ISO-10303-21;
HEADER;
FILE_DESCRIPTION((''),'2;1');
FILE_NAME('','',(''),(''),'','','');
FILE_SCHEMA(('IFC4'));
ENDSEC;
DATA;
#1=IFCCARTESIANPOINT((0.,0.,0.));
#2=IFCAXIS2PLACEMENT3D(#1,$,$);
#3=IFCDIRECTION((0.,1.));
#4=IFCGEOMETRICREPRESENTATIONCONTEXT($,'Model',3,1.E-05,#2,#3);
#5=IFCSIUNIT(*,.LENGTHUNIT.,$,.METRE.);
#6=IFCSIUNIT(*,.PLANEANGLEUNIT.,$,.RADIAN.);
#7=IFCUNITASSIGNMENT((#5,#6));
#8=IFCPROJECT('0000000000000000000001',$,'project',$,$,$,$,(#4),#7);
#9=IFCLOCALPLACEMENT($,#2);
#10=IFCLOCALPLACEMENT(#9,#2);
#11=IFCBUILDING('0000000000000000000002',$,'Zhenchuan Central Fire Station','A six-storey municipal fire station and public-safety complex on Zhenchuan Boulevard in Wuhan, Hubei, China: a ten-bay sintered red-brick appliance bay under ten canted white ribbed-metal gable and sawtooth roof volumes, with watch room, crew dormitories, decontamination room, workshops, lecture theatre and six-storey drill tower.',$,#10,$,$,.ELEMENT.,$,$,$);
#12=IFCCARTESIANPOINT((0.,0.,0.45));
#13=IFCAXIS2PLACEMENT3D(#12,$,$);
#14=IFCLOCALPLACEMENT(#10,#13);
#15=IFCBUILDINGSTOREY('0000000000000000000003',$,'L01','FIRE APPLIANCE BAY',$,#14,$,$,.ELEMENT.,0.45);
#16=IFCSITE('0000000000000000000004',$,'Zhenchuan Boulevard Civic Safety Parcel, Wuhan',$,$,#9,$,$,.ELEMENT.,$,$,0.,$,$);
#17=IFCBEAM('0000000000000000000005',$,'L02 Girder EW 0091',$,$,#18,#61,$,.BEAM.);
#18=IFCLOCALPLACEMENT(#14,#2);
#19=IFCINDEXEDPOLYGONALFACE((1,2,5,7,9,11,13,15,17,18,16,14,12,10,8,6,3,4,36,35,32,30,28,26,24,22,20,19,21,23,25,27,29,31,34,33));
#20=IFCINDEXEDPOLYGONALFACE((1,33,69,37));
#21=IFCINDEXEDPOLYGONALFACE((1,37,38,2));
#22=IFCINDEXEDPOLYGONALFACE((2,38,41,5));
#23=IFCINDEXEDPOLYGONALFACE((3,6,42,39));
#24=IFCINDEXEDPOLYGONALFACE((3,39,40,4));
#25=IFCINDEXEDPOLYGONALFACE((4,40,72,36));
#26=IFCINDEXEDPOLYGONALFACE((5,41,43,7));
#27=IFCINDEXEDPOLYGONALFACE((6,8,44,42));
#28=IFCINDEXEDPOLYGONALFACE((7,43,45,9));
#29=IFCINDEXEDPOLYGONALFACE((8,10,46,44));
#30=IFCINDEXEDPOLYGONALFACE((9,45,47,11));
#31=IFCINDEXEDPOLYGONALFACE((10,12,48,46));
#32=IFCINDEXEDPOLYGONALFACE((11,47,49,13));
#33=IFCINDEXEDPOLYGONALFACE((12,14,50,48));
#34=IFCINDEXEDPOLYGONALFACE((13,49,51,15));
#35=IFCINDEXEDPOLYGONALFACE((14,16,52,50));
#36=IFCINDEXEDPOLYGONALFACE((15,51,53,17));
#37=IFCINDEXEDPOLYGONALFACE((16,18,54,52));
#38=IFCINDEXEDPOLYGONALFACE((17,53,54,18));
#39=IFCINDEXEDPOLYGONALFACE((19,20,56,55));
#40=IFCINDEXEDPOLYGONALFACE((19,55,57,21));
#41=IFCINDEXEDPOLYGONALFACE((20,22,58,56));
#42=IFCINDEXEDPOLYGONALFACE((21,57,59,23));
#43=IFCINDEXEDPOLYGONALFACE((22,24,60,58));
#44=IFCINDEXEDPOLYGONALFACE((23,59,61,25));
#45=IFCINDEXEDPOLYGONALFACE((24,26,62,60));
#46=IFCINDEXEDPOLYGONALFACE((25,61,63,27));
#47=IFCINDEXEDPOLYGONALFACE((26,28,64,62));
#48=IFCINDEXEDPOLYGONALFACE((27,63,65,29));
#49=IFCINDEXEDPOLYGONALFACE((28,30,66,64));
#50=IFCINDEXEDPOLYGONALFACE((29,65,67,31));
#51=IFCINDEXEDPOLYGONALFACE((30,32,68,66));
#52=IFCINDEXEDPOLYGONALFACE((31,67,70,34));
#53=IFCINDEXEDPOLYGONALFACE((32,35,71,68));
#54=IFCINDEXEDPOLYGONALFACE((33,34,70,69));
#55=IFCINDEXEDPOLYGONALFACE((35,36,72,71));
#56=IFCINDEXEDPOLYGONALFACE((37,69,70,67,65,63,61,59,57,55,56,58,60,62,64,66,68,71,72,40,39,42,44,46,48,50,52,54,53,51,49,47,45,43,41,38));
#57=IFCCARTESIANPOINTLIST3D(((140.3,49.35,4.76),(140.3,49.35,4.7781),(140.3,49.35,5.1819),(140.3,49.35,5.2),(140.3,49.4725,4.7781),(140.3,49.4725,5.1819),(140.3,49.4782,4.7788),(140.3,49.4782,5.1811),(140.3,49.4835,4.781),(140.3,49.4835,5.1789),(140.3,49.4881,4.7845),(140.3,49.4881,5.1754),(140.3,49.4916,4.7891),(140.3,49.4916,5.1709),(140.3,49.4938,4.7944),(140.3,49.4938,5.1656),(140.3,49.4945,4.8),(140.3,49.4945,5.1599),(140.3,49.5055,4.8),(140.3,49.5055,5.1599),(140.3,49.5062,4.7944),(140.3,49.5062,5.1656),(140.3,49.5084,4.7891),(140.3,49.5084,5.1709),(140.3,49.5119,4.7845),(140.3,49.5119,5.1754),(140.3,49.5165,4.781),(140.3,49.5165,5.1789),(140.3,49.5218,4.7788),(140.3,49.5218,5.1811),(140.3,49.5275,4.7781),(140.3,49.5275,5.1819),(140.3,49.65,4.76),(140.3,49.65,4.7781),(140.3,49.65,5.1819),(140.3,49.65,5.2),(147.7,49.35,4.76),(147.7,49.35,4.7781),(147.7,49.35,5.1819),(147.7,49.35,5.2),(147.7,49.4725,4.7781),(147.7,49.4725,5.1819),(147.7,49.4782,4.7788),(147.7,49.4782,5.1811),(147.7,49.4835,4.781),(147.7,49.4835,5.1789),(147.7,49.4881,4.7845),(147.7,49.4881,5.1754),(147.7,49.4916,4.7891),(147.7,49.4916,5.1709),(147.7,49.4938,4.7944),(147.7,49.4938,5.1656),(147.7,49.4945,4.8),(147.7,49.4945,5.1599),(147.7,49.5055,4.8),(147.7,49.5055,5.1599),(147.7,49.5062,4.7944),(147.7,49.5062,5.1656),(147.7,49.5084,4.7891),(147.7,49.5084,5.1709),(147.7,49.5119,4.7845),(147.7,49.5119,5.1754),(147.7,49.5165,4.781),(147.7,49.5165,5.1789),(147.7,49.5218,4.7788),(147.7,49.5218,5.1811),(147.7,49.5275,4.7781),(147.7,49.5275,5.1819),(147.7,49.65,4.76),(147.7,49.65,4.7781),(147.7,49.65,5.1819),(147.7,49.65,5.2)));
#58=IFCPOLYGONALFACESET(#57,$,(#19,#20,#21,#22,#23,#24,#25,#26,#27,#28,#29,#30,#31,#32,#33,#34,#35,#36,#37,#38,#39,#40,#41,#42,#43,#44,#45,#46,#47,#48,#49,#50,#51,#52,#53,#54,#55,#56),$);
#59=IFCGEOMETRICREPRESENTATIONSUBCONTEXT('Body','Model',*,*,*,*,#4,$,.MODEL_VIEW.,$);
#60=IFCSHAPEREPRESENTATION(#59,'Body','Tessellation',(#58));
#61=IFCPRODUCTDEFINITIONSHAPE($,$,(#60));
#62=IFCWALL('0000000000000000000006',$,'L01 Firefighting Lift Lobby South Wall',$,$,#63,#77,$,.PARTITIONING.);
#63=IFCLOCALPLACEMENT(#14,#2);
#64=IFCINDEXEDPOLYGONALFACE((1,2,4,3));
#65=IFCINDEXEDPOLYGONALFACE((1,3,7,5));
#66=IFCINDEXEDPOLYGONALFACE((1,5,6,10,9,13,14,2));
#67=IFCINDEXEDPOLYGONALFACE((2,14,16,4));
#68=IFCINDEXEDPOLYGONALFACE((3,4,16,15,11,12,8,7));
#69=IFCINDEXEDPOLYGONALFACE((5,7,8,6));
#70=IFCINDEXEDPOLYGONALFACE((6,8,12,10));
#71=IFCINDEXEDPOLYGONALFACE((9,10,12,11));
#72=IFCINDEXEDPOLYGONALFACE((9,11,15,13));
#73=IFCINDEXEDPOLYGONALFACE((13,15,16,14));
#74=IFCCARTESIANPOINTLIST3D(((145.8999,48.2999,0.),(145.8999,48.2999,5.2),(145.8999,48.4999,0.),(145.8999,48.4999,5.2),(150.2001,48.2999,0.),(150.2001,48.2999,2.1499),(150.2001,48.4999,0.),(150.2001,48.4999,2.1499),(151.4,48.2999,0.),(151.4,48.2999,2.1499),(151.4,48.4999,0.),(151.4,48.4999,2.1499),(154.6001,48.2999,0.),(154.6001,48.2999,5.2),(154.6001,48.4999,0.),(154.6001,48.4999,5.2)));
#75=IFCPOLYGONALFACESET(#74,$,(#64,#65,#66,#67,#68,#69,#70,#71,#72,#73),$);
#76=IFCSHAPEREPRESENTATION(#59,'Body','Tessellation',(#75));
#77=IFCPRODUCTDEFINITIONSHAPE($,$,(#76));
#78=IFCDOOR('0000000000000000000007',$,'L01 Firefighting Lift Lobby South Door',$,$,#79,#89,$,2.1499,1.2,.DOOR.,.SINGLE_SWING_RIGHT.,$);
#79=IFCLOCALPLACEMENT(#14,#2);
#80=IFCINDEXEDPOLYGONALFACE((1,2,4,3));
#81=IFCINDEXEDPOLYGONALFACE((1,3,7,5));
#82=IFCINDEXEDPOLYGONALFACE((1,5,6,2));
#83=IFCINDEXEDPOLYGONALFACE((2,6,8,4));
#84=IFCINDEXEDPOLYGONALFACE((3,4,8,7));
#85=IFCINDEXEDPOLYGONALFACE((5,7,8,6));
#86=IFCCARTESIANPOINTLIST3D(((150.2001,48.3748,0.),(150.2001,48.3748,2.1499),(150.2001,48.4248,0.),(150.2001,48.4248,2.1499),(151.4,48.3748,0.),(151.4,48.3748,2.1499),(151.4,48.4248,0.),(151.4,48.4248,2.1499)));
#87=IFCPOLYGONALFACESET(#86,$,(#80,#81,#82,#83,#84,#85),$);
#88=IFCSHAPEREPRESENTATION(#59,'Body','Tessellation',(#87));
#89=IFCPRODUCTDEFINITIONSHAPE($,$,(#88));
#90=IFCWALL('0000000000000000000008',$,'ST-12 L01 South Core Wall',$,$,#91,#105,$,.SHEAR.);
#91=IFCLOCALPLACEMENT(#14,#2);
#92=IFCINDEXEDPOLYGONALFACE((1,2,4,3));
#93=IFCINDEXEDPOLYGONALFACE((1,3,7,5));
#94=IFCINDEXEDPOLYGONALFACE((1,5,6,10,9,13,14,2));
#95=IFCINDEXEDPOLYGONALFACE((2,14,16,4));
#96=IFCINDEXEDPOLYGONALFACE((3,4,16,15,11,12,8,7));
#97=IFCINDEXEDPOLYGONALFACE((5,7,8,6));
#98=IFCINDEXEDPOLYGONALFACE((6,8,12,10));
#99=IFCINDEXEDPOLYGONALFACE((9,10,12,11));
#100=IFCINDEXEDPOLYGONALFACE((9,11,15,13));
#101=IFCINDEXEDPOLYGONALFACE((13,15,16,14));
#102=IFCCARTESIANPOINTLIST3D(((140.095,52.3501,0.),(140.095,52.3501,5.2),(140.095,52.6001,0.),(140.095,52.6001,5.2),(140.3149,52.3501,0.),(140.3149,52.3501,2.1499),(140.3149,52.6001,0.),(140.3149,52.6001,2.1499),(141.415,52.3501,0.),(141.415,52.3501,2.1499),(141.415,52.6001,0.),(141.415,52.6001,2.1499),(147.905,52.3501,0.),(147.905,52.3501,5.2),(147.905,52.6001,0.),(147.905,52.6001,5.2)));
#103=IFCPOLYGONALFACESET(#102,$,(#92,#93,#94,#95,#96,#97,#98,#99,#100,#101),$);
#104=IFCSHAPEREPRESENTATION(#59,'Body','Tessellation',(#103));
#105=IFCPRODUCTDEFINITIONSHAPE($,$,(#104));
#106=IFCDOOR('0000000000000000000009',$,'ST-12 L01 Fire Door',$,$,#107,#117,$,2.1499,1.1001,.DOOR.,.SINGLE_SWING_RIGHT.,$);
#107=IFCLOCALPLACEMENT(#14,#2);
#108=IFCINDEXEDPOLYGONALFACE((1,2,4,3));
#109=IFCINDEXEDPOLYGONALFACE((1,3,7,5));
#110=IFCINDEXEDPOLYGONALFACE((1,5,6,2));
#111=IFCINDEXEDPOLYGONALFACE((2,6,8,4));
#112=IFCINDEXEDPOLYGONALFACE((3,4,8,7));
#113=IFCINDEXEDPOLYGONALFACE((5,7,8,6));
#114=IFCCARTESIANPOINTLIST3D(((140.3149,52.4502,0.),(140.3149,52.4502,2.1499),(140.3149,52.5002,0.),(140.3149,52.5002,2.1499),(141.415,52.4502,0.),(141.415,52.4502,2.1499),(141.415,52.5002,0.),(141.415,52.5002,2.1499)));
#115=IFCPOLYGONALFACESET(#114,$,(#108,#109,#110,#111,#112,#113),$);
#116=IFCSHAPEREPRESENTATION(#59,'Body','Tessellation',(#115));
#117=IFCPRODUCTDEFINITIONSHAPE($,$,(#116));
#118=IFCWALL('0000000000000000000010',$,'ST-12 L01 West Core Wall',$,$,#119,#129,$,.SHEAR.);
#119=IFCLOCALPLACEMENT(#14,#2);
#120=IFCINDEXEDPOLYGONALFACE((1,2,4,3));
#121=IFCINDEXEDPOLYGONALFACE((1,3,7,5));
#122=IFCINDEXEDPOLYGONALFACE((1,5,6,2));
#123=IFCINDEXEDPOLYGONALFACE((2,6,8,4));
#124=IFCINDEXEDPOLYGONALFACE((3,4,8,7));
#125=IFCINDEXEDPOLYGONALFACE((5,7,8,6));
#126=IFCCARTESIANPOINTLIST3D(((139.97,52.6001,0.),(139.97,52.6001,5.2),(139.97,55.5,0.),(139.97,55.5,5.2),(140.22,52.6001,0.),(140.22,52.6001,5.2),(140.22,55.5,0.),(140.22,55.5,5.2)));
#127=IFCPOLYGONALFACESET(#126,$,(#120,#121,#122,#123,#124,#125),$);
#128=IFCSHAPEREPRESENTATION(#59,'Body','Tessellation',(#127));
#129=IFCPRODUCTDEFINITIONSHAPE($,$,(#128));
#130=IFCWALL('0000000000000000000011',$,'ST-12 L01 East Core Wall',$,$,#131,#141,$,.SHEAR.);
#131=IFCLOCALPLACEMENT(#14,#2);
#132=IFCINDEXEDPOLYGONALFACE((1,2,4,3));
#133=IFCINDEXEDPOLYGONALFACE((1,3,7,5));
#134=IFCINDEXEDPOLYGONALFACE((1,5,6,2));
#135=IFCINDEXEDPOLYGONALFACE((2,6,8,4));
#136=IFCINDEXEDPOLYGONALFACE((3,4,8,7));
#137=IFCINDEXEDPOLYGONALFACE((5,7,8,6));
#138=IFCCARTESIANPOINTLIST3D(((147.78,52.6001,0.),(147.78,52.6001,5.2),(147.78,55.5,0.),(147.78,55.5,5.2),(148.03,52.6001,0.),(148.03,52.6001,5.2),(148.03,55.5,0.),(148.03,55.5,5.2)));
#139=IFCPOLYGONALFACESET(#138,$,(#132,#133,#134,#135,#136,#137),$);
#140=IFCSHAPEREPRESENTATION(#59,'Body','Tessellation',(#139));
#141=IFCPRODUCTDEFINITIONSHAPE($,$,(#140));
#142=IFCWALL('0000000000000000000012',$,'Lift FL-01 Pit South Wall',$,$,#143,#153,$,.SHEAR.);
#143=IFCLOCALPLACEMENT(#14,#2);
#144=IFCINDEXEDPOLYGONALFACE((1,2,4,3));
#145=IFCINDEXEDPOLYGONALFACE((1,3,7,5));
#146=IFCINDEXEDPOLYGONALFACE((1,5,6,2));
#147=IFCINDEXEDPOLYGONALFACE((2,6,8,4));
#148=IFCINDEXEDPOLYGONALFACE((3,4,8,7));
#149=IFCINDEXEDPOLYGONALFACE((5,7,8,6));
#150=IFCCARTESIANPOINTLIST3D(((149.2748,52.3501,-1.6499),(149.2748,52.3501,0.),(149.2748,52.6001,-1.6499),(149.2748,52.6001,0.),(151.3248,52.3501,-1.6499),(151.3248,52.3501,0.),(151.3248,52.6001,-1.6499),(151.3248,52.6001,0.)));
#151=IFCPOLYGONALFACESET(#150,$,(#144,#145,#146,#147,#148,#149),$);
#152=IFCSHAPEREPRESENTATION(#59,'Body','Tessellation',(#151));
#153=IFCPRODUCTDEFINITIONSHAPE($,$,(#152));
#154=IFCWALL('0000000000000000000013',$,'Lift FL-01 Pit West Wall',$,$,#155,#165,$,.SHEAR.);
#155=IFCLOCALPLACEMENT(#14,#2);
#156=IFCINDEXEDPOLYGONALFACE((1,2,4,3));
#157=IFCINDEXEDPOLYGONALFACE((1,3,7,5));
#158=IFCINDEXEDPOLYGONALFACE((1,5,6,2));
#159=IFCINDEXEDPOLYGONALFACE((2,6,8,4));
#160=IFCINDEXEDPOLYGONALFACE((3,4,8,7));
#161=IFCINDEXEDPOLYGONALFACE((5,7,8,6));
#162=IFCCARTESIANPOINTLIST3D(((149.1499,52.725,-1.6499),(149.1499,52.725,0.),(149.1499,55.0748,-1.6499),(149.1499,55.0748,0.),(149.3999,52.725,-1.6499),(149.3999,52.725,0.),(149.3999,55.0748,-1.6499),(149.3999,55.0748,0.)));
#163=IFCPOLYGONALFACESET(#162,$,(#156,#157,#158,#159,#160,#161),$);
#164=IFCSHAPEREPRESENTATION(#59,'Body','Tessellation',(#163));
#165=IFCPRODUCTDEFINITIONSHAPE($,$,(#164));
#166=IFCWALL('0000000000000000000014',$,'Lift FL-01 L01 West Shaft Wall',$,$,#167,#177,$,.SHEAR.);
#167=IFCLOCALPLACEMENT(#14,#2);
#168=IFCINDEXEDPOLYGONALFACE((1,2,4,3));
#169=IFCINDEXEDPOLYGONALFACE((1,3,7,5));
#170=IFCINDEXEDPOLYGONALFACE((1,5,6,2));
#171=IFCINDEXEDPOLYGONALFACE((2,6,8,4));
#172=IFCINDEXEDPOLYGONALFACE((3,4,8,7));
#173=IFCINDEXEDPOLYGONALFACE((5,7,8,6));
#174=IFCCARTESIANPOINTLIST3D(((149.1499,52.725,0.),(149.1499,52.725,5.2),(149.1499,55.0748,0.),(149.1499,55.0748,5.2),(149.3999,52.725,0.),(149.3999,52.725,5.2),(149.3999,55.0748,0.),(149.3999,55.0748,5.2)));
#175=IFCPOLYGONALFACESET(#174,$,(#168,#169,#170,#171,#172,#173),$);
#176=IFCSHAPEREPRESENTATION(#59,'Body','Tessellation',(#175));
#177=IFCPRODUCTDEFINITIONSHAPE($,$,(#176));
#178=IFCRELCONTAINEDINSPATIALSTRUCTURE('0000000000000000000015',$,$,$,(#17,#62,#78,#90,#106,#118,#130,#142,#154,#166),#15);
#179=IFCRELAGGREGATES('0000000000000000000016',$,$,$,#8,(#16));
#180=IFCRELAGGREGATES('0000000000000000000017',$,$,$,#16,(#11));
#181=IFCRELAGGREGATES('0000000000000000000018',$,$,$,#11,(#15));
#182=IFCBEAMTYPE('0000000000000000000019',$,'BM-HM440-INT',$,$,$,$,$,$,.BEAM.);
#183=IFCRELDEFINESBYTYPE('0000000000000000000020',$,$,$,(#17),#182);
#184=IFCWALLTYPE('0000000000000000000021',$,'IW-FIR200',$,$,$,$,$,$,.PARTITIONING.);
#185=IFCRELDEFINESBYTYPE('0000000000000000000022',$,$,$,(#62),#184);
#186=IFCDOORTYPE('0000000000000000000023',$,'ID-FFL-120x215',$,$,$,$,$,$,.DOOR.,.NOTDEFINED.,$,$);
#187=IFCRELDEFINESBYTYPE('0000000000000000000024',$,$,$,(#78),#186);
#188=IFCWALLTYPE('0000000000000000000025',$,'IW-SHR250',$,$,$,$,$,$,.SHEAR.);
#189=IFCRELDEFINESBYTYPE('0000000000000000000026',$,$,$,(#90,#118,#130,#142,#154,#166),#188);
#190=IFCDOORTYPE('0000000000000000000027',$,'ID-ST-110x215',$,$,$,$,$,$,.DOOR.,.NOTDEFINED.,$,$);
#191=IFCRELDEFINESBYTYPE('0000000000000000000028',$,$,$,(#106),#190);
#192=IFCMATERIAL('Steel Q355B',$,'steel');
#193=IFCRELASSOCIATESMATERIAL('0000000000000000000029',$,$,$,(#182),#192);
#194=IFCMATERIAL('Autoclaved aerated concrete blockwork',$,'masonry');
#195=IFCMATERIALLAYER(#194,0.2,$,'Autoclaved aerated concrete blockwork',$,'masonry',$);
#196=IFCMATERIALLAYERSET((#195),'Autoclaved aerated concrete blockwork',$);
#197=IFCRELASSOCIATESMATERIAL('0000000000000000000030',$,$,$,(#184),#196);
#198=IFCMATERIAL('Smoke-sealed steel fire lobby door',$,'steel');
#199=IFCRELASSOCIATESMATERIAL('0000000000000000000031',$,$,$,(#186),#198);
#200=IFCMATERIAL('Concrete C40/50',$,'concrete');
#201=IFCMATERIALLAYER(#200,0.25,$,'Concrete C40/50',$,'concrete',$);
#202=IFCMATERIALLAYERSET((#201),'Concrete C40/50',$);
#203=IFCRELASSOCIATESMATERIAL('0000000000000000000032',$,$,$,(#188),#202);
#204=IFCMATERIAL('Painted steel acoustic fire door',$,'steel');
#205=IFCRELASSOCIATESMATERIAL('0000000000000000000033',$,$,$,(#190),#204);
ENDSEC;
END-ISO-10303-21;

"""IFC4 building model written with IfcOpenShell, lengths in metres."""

from ifc_helpers import new_model, si_unit, direction, frame, frame_2d, origin, origin_2d, place, context, subcontext, project, spatial, rectangle, i_section, extrude, material, layer, layer_set, material_profile, profile_set, type_object, element, fill, save


model = new_model("IFC4")

# Units and contexts
model_context = context("Model", 3, precision=1e-05, world=origin(), true_north=direction((0.0, 1.0)))
body_context = subcontext(model_context, "Body", "Model", "MODEL_VIEW")
ifc_project = project(units=[si_unit("LENGTHUNIT", "METRE"), si_unit("PLANEANGLEUNIT", "RADIAN")], contexts=[model_context])

# Site, building, storey
site_placement = place(None, origin())
site = spatial("IfcSite", under=ifc_project, at=site_placement, Name="Zhenchuan Boulevard Civic Safety Parcel, Wuhan", CompositionType="ELEMENT", RefElevation=0.0)
building_placement = place(site_placement, origin())
building = spatial("IfcBuilding", under=site, at=building_placement, Name="Zhenchuan Central Fire Station", Description="A six-storey municipal fire station and public-safety complex on Zhenchuan Boulevard in Wuhan, Hubei, China: a ten-bay sintered red-brick appliance bay under ten canted white ribbed-metal gable and sawtooth roof volumes, with watch room, crew dormitories, decontamination room, workshops, lecture theatre and six-storey drill tower.", CompositionType="ELEMENT")
storey_placement = place(building_placement, frame((0.0, 0.0, 0.45)))
storey = spatial("IfcBuildingStorey", under=building, at=storey_placement, Name="L01", Description="FIRE APPLIANCE BAY", CompositionType="ELEMENT", Elevation=0.45)

# Shared definitions
ifc_material_1 = material(Name="Concrete C40/50", Category="concrete")

# Beam
ifc_material_2 = material(Name="Steel Q355B", Category="steel")
ifc_material_profile_1 = material_profile(ifc_material_2, i_section(OverallWidth=0.3, OverallDepth=0.4399, WebThickness=0.011, FlangeThickness=0.0181, FilletRadius=0.022, at=origin_2d()), Name="HM 440x300")
ifc_profile_set_1 = profile_set([ifc_material_profile_1], Name="Steel Q355B")
beam_type_1 = type_object("IfcBeamType", Name="BM-HM440-INT", PredefinedType="BEAM", material=ifc_profile_set_1)
beam_1_placement = place(storey_placement, frame((140.3, 49.5, 4.98), z_axis=(1.0, 0.0, 0.0), x_axis=(0.0, 1.0, 0.0)))
element("IfcBeam", 1, at=beam_1_placement, inside=storey, type_object=beam_type_1, Name="L02 Girder EW 0091", PredefinedType="BEAM", context=body_context, shape_type="SweptSolid", body=[
    extrude(i_section(OverallWidth=0.3, OverallDepth=0.4399, WebThickness=0.011, FlangeThickness=0.0181, FilletRadius=0.022, at=origin_2d()), origin(), (0.0, 0.0, 1.0), 7.3999),
])

# Shared definitions
ifc_material_3 = material(Name="Autoclaved aerated concrete blockwork", Category="masonry")
ifc_layer_1 = layer(ifc_material_3, 0.2, Name="Autoclaved aerated concrete blockwork", Category="masonry")
ifc_layer_set_1 = layer_set([ifc_layer_1], Name="Autoclaved aerated concrete blockwork")
wall_type_1 = type_object("IfcWallType", Name="IW-FIR200", PredefinedType="PARTITIONING", material=ifc_layer_set_1)

# Walls, openings, doors
wall_1_placement = place(storey_placement, frame((145.8999, 48.3999, 0.0), z_axis=(0.0, 0.0, 1.0), x_axis=(1.0, 0.0, 0.0)))
wall_1 = element("IfcWall", 2, at=wall_1_placement, inside=storey, type_object=wall_type_1, Name="L01 Firefighting Lift Lobby South Wall", PredefinedType="PARTITIONING", context=body_context, shape_type="SweptSolid", body=[
    extrude(rectangle(XDim=8.7002, YDim=0.2, at=frame_2d((4.3501, 0.0))), origin(), (0.0, 0.0, 1.0), 5.2),
])
opening_1_placement = place(wall_1_placement, frame((4.3, 0.0, 0.0)))
opening_1 = element("IfcOpeningElement", 3, at=opening_1_placement, cuts=wall_1, PredefinedType="OPENING", context=body_context, shape_type="SweptSolid", body=[
    extrude(rectangle(XDim=1.2, YDim=2.1499, at=frame_2d((0.6001, 1.075))), frame((0.0, 0.1099, 0.0), z_axis=(0.0, -1.0, 0.0), x_axis=(1.0, 0.0, 0.0)), (0.0, 0.0, 1.0), 0.22),
])
ifc_material_4 = material(Name="Smoke-sealed steel fire lobby door", Category="steel")
door_type_1 = type_object("IfcDoorType", Name="ID-FFL-120x215", OperationType="NOTDEFINED", PredefinedType="DOOR", material=ifc_material_4)
door_1_placement = place(opening_1_placement, origin())
door_1 = element("IfcDoor", 4, at=door_1_placement, inside=storey, type_object=door_type_1, Name="L01 Firefighting Lift Lobby South Door", OperationType="SINGLE_SWING_RIGHT", OverallHeight=2.1499, OverallWidth=1.2, PredefinedType="DOOR", context=body_context, shape_type="SweptSolid", body=[
    extrude(rectangle(XDim=1.2, YDim=2.1499, at=frame_2d((0.6001, 1.075))), frame((0.0, 0.0249, 0.0), z_axis=(0.0, -1.0, 0.0), x_axis=(1.0, 0.0, 0.0)), (0.0, 0.0, 1.0), 0.05),
])
fill(opening_1, door_1)
ifc_layer_2 = layer(ifc_material_1, 0.25, Name="Concrete C40/50", Category="concrete")
ifc_layer_set_2 = layer_set([ifc_layer_2], Name="Concrete C40/50")
wall_type_2 = type_object("IfcWallType", Name="IW-SHR250", PredefinedType="SHEAR", material=ifc_layer_set_2)
wall_2_placement = place(storey_placement, frame((140.095, 52.4751, 0.0), z_axis=(0.0, 0.0, 1.0), x_axis=(1.0, 0.0, 0.0)))
wall_2 = element("IfcWall", 5, at=wall_2_placement, inside=storey, type_object=wall_type_2, Name="ST-12 L01 South Core Wall", PredefinedType="SHEAR", context=body_context, shape_type="SweptSolid", body=[
    extrude(rectangle(XDim=7.8101, YDim=0.25, at=frame_2d((3.905, 0.0))), origin(), (0.0, 0.0, 1.0), 5.2),
])
opening_2_placement = place(wall_2_placement, frame((0.22, 0.0, 0.0)))
opening_2 = element("IfcOpeningElement", 6, at=opening_2_placement, cuts=wall_2, PredefinedType="OPENING", context=body_context, shape_type="SweptSolid", body=[
    extrude(rectangle(XDim=1.1001, YDim=2.1499, at=frame_2d((0.55, 1.075))), frame((0.0, 0.135, 0.0), z_axis=(0.0, -1.0, 0.0), x_axis=(1.0, 0.0, 0.0)), (0.0, 0.0, 1.0), 0.27),
])
ifc_material_5 = material(Name="Painted steel acoustic fire door", Category="steel")
door_type_2 = type_object("IfcDoorType", Name="ID-ST-110x215", OperationType="NOTDEFINED", PredefinedType="DOOR", material=ifc_material_5)
door_2_placement = place(opening_2_placement, frame((1.1001, 0.0, 0.0), z_axis=(0.0, 0.0, 1.0), x_axis=(-1.0, 0.0, 0.0)))
door_2 = element("IfcDoor", 7, at=door_2_placement, inside=storey, type_object=door_type_2, Name="ST-12 L01 Fire Door", OperationType="SINGLE_SWING_RIGHT", OverallHeight=2.1499, OverallWidth=1.1001, PredefinedType="DOOR", context=body_context, shape_type="SweptSolid", body=[
    extrude(rectangle(XDim=1.1001, YDim=2.1499, at=frame_2d((0.55, 1.075))), frame((0.0, 0.0249, 0.0), z_axis=(0.0, -1.0, 0.0), x_axis=(1.0, 0.0, 0.0)), (0.0, 0.0, 1.0), 0.05),
])
fill(opening_2, door_2)

# Walls
for number, where, z_axis, x_axis, name in (
    (8, (140.095, 52.6001, 0.0), (0.0, 0.0, 1.0), (0.0, 1.0, 0.0), "ST-12 L01 West Core Wall"),
    (9, (147.905, 52.6001, 0.0), (0.0, 0.0, 1.0), (0.0, 1.0, 0.0), "ST-12 L01 East Core Wall"),
):
    element("IfcWall", number, at=place(storey_placement, frame(where, z_axis=z_axis, x_axis=x_axis)), inside=storey, type_object=wall_type_2, Name=name, PredefinedType="SHEAR", context=body_context, shape_type="SweptSolid", body=[
        extrude(rectangle(XDim=2.8999, YDim=0.25, at=frame_2d((1.45, 0.0))), origin(), (0.0, 0.0, 1.0), 5.2),
    ])
wall_3_placement = place(storey_placement, frame((149.2749, 52.4751, -1.6499), z_axis=(0.0, 0.0, 1.0), x_axis=(1.0, 0.0, 0.0)))
element("IfcWall", 10, at=wall_3_placement, inside=storey, type_object=wall_type_2, Name="Lift FL-01 Pit South Wall", PredefinedType="SHEAR", context=body_context, shape_type="SweptSolid", body=[
    extrude(rectangle(XDim=2.05, YDim=0.25, at=frame_2d((1.0249, 0.0))), origin(), (0.0, 0.0, 1.0), 1.6499),
])
wall_4_placement = place(storey_placement, frame((149.2749, 52.7251, -1.6499), z_axis=(0.0, 0.0, 1.0), x_axis=(0.0, 1.0, 0.0)))
element("IfcWall", 11, at=wall_4_placement, inside=storey, type_object=wall_type_2, Name="Lift FL-01 Pit West Wall", PredefinedType="SHEAR", context=body_context, shape_type="SweptSolid", body=[
    extrude(rectangle(XDim=2.3499, YDim=0.25, at=frame_2d((1.1748, 0.0))), origin(), (0.0, 0.0, 1.0), 1.6499),
])

# Wall
wall_5_placement = place(storey_placement, frame((149.2749, 52.7251, 0.0), z_axis=(0.0, 0.0, 1.0), x_axis=(0.0, 1.0, 0.0)))
element("IfcWall", 12, at=wall_5_placement, inside=storey, type_object=wall_type_2, Name="Lift FL-01 L01 West Shaft Wall", PredefinedType="SHEAR", context=body_context, shape_type="SweptSolid", body=[
    extrude(rectangle(XDim=2.3499, YDim=0.25, at=frame_2d((1.1748, 0.0))), origin(), (0.0, 0.0, 1.0), 5.2),
])

save(model, "model.ifc")
